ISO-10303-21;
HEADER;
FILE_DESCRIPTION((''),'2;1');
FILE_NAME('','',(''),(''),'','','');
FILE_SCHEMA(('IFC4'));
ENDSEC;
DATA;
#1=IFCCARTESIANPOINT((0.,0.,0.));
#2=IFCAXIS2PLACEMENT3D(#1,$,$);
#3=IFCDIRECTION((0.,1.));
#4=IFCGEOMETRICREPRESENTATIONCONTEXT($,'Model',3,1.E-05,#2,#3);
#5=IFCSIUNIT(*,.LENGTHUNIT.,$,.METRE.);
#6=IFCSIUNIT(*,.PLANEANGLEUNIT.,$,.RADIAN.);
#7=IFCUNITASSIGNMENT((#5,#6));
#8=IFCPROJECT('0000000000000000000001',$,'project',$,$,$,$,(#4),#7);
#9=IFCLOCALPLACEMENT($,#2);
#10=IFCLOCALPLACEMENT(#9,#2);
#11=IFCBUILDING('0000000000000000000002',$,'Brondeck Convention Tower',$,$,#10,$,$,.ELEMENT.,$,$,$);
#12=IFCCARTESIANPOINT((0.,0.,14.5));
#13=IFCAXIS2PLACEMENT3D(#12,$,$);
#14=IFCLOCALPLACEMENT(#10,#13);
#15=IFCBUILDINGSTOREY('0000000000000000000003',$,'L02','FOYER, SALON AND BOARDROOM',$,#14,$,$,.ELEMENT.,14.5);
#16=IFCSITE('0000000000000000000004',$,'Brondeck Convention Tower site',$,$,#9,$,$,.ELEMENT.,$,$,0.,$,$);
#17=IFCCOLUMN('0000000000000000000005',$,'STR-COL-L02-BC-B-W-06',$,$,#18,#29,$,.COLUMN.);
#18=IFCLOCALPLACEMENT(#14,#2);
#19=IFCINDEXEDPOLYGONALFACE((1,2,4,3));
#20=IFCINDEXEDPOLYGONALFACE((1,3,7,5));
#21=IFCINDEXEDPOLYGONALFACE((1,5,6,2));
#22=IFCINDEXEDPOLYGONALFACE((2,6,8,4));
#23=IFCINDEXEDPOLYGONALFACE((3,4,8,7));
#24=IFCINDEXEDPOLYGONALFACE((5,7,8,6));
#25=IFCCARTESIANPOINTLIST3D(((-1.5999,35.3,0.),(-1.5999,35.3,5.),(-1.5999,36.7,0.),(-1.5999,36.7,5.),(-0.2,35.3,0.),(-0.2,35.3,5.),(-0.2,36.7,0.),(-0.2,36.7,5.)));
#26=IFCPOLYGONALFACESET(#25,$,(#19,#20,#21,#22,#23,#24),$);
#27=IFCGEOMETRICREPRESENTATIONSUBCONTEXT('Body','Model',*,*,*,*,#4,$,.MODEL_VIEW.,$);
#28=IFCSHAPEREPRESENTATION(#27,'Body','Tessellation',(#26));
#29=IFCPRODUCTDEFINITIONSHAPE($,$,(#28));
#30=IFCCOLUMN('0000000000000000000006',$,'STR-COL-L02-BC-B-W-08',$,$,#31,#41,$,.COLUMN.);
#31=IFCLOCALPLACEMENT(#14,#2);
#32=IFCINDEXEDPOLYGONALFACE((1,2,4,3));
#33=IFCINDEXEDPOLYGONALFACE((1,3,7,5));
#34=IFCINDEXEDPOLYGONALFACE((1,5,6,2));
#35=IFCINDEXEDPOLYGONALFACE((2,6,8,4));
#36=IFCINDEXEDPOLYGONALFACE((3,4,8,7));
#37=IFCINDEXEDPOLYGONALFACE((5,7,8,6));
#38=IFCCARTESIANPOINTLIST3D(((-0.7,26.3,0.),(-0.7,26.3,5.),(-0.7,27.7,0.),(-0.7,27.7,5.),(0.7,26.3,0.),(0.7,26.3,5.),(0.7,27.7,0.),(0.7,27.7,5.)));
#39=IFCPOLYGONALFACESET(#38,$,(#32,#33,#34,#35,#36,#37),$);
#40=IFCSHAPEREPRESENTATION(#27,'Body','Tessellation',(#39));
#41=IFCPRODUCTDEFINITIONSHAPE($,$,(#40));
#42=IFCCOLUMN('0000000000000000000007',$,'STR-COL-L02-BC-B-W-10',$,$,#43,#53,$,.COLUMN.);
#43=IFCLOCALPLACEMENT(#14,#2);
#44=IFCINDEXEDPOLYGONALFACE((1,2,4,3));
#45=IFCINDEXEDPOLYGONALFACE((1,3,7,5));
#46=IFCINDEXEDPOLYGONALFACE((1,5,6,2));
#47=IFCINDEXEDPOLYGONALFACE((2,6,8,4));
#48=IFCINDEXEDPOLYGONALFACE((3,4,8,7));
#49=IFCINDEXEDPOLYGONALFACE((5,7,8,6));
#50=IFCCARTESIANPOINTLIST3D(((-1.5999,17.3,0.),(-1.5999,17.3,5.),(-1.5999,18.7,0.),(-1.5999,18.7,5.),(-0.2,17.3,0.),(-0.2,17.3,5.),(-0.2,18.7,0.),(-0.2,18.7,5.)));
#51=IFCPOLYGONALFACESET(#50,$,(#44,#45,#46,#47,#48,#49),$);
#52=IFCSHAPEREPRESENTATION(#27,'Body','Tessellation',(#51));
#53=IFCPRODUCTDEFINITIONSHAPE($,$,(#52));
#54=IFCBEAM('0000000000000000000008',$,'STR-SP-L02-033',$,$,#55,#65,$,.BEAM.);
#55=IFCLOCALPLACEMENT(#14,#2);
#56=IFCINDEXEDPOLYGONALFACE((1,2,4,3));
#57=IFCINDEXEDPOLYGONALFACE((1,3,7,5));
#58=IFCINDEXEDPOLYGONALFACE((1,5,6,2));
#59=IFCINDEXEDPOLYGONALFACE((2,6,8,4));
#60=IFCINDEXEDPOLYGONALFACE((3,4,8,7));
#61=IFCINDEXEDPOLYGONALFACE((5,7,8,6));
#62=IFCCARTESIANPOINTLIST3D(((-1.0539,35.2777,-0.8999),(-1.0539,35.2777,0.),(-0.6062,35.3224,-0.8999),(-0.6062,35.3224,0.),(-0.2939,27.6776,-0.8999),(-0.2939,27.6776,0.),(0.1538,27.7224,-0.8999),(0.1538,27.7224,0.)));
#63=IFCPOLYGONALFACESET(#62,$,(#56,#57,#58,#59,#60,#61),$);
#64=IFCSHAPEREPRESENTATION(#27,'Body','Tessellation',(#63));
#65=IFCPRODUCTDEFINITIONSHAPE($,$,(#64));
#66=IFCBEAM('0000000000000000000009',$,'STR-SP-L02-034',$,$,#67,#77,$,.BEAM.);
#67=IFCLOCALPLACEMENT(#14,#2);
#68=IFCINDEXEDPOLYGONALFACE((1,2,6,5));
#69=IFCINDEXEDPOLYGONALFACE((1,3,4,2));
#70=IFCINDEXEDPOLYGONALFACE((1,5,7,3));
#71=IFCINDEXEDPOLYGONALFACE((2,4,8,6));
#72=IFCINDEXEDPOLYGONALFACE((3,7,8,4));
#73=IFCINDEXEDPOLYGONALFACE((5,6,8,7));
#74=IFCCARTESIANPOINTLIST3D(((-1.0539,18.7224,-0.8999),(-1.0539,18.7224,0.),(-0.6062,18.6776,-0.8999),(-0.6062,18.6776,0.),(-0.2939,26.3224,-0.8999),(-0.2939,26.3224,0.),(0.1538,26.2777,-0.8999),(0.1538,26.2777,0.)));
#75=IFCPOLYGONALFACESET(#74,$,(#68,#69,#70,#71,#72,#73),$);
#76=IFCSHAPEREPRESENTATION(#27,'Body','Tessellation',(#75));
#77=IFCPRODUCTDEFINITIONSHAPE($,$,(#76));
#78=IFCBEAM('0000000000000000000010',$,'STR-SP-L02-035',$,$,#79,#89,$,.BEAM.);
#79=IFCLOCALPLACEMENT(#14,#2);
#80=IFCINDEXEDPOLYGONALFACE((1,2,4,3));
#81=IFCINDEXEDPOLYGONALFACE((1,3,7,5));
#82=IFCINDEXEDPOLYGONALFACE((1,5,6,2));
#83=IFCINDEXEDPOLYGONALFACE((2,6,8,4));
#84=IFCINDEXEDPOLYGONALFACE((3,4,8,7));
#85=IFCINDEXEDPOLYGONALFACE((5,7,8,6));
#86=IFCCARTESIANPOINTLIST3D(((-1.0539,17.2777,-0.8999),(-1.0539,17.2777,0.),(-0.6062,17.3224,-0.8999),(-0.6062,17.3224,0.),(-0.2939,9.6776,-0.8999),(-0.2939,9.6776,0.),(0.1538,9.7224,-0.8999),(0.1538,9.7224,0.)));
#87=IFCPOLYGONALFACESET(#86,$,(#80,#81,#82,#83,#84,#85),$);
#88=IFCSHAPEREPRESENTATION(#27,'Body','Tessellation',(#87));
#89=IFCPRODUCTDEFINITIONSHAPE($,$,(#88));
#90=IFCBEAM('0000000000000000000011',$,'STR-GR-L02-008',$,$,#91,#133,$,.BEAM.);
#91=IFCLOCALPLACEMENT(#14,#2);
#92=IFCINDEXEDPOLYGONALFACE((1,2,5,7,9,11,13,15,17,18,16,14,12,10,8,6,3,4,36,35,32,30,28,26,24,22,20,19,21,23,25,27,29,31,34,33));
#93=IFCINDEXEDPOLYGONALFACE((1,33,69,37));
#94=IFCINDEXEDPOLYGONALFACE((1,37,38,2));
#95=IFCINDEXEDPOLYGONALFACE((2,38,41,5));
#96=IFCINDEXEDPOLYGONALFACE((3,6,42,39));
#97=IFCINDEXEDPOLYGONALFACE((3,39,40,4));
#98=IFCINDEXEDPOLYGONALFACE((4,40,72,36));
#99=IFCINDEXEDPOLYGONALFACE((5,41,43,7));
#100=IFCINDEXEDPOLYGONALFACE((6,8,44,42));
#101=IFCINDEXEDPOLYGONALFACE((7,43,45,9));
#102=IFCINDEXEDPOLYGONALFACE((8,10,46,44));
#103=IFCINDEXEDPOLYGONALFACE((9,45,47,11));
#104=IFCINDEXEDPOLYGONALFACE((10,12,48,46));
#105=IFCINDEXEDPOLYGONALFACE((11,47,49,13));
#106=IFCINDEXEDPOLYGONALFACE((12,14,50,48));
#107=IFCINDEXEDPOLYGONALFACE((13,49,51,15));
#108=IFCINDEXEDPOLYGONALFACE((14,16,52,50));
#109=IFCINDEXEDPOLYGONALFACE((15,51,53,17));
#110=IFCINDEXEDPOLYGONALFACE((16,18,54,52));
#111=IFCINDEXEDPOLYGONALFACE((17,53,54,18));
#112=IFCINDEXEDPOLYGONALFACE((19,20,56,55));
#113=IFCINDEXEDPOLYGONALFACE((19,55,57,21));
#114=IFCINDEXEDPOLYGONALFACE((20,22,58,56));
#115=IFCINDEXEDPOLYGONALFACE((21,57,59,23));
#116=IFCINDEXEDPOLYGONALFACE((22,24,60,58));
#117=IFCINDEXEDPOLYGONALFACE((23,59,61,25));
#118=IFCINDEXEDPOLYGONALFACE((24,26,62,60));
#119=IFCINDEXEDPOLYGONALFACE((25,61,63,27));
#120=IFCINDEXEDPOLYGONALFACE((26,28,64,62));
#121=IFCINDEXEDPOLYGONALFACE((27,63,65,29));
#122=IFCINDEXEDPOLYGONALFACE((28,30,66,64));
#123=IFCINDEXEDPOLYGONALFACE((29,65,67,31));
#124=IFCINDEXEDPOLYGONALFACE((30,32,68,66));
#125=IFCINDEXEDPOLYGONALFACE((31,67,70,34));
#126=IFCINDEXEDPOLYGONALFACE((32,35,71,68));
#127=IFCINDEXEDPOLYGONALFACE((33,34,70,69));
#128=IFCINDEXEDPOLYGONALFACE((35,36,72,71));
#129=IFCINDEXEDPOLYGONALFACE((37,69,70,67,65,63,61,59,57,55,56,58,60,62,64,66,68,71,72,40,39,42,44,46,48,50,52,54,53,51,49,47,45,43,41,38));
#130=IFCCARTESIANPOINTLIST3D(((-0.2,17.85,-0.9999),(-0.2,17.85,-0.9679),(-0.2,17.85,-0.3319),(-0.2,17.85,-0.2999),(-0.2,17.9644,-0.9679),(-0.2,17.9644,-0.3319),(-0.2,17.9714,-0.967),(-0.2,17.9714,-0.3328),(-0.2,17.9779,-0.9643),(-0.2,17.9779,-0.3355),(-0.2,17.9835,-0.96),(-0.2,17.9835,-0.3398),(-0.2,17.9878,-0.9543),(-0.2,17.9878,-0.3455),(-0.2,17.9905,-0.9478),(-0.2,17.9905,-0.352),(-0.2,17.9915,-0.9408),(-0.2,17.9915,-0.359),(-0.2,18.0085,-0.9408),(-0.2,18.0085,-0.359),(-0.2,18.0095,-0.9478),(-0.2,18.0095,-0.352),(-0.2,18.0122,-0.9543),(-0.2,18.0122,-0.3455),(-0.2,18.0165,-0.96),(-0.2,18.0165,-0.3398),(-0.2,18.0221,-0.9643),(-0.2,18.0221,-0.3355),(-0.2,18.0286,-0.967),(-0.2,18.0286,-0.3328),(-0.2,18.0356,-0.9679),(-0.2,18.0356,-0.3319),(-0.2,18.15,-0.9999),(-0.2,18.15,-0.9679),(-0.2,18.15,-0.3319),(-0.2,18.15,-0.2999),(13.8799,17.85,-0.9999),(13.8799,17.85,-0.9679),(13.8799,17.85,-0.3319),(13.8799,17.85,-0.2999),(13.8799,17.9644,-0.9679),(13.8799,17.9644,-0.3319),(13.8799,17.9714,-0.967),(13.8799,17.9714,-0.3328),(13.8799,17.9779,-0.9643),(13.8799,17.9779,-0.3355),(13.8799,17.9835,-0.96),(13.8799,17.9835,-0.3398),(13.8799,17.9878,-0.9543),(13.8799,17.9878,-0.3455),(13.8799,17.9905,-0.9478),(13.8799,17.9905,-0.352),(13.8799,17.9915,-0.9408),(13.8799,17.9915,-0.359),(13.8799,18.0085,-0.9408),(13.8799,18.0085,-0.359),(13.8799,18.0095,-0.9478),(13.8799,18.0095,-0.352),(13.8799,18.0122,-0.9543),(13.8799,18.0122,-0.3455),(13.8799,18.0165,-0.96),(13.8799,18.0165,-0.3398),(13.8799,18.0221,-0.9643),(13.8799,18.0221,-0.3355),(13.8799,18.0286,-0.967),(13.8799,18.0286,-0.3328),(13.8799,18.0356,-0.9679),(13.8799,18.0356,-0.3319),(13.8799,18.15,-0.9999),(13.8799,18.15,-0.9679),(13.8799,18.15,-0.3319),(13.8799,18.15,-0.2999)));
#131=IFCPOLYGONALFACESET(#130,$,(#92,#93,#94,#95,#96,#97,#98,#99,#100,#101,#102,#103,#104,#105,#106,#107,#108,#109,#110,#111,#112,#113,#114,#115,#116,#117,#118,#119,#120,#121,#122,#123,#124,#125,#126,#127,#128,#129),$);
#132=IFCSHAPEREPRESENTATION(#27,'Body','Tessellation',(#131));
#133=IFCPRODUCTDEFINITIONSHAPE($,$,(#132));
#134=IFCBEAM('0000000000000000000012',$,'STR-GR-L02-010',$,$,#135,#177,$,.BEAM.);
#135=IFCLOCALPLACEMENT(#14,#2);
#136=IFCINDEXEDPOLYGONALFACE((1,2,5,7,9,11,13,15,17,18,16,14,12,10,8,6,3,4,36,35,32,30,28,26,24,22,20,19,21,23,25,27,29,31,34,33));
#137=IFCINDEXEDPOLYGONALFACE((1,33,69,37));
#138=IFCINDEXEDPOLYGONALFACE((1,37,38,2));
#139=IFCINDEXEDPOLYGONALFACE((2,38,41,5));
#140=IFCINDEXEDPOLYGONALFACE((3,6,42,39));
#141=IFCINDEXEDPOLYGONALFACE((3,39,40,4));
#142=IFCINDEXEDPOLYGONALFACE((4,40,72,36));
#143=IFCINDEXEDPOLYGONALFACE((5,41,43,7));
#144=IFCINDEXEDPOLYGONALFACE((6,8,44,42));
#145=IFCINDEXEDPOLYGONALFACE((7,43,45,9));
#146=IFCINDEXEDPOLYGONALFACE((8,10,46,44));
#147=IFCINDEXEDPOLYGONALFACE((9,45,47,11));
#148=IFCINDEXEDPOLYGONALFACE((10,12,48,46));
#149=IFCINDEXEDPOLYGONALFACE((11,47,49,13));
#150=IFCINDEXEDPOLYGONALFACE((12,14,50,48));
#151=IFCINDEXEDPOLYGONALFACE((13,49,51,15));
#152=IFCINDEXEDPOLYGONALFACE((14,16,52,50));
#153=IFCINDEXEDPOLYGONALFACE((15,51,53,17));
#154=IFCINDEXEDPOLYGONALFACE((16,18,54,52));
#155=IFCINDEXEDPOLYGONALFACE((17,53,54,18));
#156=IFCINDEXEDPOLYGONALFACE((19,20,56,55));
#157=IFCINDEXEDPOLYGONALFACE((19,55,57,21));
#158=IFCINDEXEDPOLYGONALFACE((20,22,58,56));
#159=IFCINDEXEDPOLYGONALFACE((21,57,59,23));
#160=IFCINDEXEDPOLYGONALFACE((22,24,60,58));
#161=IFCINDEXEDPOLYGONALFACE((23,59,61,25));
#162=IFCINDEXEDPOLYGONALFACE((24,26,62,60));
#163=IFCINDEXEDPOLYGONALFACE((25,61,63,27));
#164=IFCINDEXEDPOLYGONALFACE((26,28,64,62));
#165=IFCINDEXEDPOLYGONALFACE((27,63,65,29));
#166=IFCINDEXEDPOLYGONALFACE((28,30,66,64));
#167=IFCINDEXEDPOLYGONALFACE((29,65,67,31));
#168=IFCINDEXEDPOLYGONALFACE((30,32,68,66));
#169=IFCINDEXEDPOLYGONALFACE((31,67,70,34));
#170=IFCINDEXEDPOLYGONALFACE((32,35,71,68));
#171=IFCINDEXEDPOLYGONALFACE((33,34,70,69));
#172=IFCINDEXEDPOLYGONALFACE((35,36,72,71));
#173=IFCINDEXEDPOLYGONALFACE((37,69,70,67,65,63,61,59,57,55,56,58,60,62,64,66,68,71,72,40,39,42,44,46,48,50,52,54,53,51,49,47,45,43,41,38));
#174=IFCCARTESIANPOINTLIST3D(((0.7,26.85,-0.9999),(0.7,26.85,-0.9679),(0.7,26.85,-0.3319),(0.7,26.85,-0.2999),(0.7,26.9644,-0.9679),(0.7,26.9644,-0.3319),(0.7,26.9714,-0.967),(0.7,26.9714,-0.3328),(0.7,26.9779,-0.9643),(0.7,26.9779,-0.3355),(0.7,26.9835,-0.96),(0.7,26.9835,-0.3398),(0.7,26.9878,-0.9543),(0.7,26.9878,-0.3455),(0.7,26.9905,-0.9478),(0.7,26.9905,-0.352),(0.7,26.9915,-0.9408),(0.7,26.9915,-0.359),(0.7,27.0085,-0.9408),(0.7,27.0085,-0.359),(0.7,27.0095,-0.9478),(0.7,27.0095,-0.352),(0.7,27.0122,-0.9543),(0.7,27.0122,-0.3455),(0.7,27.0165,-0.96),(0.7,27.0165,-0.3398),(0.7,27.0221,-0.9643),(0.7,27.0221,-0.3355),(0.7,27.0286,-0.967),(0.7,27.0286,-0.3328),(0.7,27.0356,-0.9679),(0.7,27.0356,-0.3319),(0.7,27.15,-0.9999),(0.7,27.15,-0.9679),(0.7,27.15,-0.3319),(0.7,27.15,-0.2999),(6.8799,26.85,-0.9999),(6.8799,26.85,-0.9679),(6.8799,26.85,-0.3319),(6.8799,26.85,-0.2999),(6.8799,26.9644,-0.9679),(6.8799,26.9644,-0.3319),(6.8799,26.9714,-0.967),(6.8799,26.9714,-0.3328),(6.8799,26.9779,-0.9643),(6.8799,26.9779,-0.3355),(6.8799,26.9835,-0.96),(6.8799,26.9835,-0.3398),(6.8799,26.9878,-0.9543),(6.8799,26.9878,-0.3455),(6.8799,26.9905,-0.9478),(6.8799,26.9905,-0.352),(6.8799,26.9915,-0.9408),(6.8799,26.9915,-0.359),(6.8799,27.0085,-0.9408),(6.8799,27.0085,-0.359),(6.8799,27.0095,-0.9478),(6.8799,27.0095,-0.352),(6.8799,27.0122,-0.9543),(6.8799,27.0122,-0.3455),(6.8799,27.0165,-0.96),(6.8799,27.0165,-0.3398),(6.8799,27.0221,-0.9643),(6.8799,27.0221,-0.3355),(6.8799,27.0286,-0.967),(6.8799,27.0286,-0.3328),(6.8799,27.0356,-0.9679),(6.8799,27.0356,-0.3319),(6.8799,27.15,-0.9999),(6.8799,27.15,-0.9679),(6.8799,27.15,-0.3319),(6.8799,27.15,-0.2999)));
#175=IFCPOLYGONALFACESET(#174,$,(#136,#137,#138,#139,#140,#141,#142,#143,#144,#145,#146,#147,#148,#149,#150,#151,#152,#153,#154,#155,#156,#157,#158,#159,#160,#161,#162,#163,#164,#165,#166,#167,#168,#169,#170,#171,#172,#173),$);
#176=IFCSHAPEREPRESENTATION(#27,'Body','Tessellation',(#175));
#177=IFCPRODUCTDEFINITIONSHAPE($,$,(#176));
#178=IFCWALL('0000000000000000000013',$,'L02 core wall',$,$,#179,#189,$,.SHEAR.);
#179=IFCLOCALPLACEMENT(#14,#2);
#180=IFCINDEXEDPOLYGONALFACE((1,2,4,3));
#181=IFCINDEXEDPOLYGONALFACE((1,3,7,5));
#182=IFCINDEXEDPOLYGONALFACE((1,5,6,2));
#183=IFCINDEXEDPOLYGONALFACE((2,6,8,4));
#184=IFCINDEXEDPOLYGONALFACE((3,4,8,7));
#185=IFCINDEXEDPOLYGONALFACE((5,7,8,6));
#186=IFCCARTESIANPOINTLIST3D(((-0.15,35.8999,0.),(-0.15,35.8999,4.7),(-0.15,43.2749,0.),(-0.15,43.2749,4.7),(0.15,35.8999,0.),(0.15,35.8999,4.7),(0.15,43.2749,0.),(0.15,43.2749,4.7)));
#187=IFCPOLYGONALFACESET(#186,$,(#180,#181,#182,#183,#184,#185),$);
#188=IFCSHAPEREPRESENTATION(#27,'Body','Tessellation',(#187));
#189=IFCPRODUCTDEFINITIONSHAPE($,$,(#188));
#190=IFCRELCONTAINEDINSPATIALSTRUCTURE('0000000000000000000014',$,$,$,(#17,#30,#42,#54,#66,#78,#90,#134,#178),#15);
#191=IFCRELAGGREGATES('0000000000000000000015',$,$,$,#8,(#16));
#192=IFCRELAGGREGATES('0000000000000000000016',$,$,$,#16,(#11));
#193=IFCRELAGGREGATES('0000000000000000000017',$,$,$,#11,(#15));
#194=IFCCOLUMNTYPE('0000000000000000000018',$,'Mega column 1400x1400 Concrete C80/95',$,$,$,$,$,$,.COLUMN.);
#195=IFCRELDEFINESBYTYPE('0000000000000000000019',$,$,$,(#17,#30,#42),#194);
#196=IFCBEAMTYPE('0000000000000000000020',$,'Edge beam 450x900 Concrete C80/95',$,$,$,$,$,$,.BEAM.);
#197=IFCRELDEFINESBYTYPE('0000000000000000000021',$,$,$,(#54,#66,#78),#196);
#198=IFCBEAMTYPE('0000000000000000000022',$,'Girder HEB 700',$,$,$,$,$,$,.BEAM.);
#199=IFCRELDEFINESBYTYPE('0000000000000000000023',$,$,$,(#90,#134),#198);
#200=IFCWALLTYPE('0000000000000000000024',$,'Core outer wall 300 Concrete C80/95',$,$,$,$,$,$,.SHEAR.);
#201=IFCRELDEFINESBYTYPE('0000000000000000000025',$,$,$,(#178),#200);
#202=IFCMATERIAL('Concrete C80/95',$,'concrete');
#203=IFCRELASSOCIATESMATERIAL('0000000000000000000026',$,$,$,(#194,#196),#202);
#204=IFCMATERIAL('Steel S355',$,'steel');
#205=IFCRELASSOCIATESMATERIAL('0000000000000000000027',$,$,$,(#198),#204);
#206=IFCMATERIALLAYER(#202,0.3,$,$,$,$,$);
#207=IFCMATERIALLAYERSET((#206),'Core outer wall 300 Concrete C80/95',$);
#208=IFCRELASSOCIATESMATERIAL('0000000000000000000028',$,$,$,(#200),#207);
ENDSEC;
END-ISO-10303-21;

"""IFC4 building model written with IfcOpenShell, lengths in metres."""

from ifc_helpers import new_model, si_unit, direction, frame, frame_2d, origin, origin_2d, place, context, subcontext, project, spatial, rectangle, i_section, extrude, material, layer, layer_set, material_profile, profile_set, type_object, element, save


model = new_model("IFC4")

# Units and contexts
model_context = context("Model", 3, precision=1e-05, world=origin(), true_north=direction((0.0, 1.0)))
body_context = subcontext(model_context, "Body", "Model", "MODEL_VIEW")
ifc_project = project(units=[si_unit("LENGTHUNIT", "METRE"), si_unit("PLANEANGLEUNIT", "RADIAN")], contexts=[model_context])

# Site, building, storey
site_placement = place(None, origin())
site = spatial("IfcSite", under=ifc_project, at=site_placement, Name="Brondeck Convention Tower site", CompositionType="ELEMENT", RefElevation=0.0)
building_placement = place(site_placement, origin())
building = spatial("IfcBuilding", under=site, at=building_placement, Name="Brondeck Convention Tower", CompositionType="ELEMENT")
storey_placement = place(building_placement, frame((0.0, 0.0, 14.5)))
storey = spatial("IfcBuildingStorey", under=building, at=storey_placement, Name="L02", Description="FOYER, SALON AND BOARDROOM", CompositionType="ELEMENT", Elevation=14.5)

# Columns
ifc_material_1 = material(Name="Concrete C80/95", Category="concrete")
ifc_material_profile_1 = material_profile(ifc_material_1, rectangle(XDim=1.3999, YDim=1.3999, at=origin_2d()), Name="Mega column 1400x1400 Concrete C80/95")
ifc_profile_set_1 = profile_set([ifc_material_profile_1], Name="Concrete C80/95")
column_type = type_object("IfcColumnType", Name="Mega column 1400x1400 Concrete C80/95", PredefinedType="COLUMN", material=ifc_profile_set_1)
for number, where, z_axis, x_axis, name in (
    (1, (-0.8999, 36.0, 0.0), (0.0, 0.0, 1.0), (1.0, 0.0, 0.0), "STR-COL-L02-BC-B-W-06"),
    (2, (0.0, 27.0, 0.0), (0.0, 0.0, 1.0), (1.0, 0.0, 0.0), "STR-COL-L02-BC-B-W-08"),
    (3, (-0.8999, 18.0, 0.0), (0.0, 0.0, 1.0), (1.0, 0.0, 0.0), "STR-COL-L02-BC-B-W-10"),
):
    element("IfcColumn", number, at=place(storey_placement, frame(where, z_axis=z_axis, x_axis=x_axis)), inside=storey, type_object=column_type, Name=name, PredefinedType="COLUMN", context=body_context, shape_type="SweptSolid", body=[
        extrude(rectangle(XDim=1.3999, YDim=1.3999, at=origin_2d()), origin(), (0.0, 0.0, 1.0), 5.0),
    ])

# Beams
ifc_material_profile_2 = material_profile(ifc_material_1, rectangle(XDim=0.45, YDim=0.8999, at=origin_2d()), Name="Edge beam 450x900 Concrete C80/95")
ifc_profile_set_2 = profile_set([ifc_material_profile_2], Name="Concrete C80/95")
beam_type_1 = type_object("IfcBeamType", Name="Edge beam 450x900 Concrete C80/95", PredefinedType="BEAM", material=ifc_profile_set_2)
for number, where, z_axis, x_axis, name in (
    (4, (-0.8301, 35.3, -0.45), (0.099504, -0.995037, 0.0), (0.995037, 0.099504, 0.0), "STR-SP-L02-033"),
    (5, (-0.0701, 26.3, -0.45), (-0.099504, -0.995037, 0.0), (0.995037, -0.099504, 0.0), "STR-SP-L02-034"),
    (6, (-0.8301, 17.3, -0.45), (0.099504, -0.995037, 0.0), (0.995037, 0.099504, 0.0), "STR-SP-L02-035"),
):
    element("IfcBeam", number, at=place(storey_placement, frame(where, z_axis=z_axis, x_axis=x_axis)), inside=storey, type_object=beam_type_1, Name=name, PredefinedType="BEAM", context=body_context, shape_type="SweptSolid", body=[
        extrude(rectangle(XDim=0.45, YDim=0.8999, at=origin_2d()), origin(), (0.0, 0.0, 1.0), 7.6379),
    ])
ifc_material_2 = material(Name="Steel S355", Category="steel")
ifc_material_profile_3 = material_profile(ifc_material_2, i_section(OverallWidth=0.3, OverallDepth=0.7, WebThickness=0.0171, FlangeThickness=0.032, FilletRadius=0.0271, at=origin_2d()), Name="HEB 700")
ifc_profile_set_3 = profile_set([ifc_material_profile_3], Name="Steel S355")
beam_type_2 = type_object("IfcBeamType", Name="Girder HEB 700", PredefinedType="BEAM", material=ifc_profile_set_3)
beam_1_placement = place(storey_placement, frame((-0.2, 18.0, -0.6499), z_axis=(1.0, 0.0, 0.0), x_axis=(0.0, 1.0, 0.0)))
element("IfcBeam", 7, at=beam_1_placement, inside=storey, type_object=beam_type_2, Name="STR-GR-L02-008", PredefinedType="BEAM", context=body_context, shape_type="SweptSolid", body=[
    extrude(i_section(OverallWidth=0.3, OverallDepth=0.7, WebThickness=0.0171, FlangeThickness=0.032, FilletRadius=0.0271, at=origin_2d()), origin(), (0.0, 0.0, 1.0), 14.0798),
])
beam_2_placement = place(storey_placement, frame((0.7, 27.0, -0.6499), z_axis=(1.0, 0.0, 0.0), x_axis=(0.0, 1.0, 0.0)))
element("IfcBeam", 8, at=beam_2_placement, inside=storey, type_object=beam_type_2, Name="STR-GR-L02-010", PredefinedType="BEAM", context=body_context, shape_type="SweptSolid", body=[
    extrude(i_section(OverallWidth=0.3, OverallDepth=0.7, WebThickness=0.0171, FlangeThickness=0.032, FilletRadius=0.0271, at=origin_2d()), origin(), (0.0, 0.0, 1.0), 6.1799),
])

# Wall
ifc_layer_1 = layer(ifc_material_1, 0.3)
ifc_layer_set_1 = layer_set([ifc_layer_1], Name="Core outer wall 300 Concrete C80/95")
wall_type_1 = type_object("IfcWallType", Name="Core outer wall 300 Concrete C80/95", PredefinedType="SHEAR", material=ifc_layer_set_1)
wall_1_placement = place(storey_placement, frame((0.0, 35.8999, 0.0), z_axis=(0.0, 0.0, 1.0), x_axis=(0.0, 1.0, 0.0)))
element("IfcWall", 9, at=wall_1_placement, inside=storey, type_object=wall_type_1, Name="L02 core wall", PredefinedType="SHEAR", context=body_context, shape_type="SweptSolid", body=[
    extrude(rectangle(XDim=7.375, YDim=0.3, at=frame_2d((3.6875, 0.0))), origin(), (0.0, 0.0, 1.0), 4.7),
])

save(model, "model.ifc")
